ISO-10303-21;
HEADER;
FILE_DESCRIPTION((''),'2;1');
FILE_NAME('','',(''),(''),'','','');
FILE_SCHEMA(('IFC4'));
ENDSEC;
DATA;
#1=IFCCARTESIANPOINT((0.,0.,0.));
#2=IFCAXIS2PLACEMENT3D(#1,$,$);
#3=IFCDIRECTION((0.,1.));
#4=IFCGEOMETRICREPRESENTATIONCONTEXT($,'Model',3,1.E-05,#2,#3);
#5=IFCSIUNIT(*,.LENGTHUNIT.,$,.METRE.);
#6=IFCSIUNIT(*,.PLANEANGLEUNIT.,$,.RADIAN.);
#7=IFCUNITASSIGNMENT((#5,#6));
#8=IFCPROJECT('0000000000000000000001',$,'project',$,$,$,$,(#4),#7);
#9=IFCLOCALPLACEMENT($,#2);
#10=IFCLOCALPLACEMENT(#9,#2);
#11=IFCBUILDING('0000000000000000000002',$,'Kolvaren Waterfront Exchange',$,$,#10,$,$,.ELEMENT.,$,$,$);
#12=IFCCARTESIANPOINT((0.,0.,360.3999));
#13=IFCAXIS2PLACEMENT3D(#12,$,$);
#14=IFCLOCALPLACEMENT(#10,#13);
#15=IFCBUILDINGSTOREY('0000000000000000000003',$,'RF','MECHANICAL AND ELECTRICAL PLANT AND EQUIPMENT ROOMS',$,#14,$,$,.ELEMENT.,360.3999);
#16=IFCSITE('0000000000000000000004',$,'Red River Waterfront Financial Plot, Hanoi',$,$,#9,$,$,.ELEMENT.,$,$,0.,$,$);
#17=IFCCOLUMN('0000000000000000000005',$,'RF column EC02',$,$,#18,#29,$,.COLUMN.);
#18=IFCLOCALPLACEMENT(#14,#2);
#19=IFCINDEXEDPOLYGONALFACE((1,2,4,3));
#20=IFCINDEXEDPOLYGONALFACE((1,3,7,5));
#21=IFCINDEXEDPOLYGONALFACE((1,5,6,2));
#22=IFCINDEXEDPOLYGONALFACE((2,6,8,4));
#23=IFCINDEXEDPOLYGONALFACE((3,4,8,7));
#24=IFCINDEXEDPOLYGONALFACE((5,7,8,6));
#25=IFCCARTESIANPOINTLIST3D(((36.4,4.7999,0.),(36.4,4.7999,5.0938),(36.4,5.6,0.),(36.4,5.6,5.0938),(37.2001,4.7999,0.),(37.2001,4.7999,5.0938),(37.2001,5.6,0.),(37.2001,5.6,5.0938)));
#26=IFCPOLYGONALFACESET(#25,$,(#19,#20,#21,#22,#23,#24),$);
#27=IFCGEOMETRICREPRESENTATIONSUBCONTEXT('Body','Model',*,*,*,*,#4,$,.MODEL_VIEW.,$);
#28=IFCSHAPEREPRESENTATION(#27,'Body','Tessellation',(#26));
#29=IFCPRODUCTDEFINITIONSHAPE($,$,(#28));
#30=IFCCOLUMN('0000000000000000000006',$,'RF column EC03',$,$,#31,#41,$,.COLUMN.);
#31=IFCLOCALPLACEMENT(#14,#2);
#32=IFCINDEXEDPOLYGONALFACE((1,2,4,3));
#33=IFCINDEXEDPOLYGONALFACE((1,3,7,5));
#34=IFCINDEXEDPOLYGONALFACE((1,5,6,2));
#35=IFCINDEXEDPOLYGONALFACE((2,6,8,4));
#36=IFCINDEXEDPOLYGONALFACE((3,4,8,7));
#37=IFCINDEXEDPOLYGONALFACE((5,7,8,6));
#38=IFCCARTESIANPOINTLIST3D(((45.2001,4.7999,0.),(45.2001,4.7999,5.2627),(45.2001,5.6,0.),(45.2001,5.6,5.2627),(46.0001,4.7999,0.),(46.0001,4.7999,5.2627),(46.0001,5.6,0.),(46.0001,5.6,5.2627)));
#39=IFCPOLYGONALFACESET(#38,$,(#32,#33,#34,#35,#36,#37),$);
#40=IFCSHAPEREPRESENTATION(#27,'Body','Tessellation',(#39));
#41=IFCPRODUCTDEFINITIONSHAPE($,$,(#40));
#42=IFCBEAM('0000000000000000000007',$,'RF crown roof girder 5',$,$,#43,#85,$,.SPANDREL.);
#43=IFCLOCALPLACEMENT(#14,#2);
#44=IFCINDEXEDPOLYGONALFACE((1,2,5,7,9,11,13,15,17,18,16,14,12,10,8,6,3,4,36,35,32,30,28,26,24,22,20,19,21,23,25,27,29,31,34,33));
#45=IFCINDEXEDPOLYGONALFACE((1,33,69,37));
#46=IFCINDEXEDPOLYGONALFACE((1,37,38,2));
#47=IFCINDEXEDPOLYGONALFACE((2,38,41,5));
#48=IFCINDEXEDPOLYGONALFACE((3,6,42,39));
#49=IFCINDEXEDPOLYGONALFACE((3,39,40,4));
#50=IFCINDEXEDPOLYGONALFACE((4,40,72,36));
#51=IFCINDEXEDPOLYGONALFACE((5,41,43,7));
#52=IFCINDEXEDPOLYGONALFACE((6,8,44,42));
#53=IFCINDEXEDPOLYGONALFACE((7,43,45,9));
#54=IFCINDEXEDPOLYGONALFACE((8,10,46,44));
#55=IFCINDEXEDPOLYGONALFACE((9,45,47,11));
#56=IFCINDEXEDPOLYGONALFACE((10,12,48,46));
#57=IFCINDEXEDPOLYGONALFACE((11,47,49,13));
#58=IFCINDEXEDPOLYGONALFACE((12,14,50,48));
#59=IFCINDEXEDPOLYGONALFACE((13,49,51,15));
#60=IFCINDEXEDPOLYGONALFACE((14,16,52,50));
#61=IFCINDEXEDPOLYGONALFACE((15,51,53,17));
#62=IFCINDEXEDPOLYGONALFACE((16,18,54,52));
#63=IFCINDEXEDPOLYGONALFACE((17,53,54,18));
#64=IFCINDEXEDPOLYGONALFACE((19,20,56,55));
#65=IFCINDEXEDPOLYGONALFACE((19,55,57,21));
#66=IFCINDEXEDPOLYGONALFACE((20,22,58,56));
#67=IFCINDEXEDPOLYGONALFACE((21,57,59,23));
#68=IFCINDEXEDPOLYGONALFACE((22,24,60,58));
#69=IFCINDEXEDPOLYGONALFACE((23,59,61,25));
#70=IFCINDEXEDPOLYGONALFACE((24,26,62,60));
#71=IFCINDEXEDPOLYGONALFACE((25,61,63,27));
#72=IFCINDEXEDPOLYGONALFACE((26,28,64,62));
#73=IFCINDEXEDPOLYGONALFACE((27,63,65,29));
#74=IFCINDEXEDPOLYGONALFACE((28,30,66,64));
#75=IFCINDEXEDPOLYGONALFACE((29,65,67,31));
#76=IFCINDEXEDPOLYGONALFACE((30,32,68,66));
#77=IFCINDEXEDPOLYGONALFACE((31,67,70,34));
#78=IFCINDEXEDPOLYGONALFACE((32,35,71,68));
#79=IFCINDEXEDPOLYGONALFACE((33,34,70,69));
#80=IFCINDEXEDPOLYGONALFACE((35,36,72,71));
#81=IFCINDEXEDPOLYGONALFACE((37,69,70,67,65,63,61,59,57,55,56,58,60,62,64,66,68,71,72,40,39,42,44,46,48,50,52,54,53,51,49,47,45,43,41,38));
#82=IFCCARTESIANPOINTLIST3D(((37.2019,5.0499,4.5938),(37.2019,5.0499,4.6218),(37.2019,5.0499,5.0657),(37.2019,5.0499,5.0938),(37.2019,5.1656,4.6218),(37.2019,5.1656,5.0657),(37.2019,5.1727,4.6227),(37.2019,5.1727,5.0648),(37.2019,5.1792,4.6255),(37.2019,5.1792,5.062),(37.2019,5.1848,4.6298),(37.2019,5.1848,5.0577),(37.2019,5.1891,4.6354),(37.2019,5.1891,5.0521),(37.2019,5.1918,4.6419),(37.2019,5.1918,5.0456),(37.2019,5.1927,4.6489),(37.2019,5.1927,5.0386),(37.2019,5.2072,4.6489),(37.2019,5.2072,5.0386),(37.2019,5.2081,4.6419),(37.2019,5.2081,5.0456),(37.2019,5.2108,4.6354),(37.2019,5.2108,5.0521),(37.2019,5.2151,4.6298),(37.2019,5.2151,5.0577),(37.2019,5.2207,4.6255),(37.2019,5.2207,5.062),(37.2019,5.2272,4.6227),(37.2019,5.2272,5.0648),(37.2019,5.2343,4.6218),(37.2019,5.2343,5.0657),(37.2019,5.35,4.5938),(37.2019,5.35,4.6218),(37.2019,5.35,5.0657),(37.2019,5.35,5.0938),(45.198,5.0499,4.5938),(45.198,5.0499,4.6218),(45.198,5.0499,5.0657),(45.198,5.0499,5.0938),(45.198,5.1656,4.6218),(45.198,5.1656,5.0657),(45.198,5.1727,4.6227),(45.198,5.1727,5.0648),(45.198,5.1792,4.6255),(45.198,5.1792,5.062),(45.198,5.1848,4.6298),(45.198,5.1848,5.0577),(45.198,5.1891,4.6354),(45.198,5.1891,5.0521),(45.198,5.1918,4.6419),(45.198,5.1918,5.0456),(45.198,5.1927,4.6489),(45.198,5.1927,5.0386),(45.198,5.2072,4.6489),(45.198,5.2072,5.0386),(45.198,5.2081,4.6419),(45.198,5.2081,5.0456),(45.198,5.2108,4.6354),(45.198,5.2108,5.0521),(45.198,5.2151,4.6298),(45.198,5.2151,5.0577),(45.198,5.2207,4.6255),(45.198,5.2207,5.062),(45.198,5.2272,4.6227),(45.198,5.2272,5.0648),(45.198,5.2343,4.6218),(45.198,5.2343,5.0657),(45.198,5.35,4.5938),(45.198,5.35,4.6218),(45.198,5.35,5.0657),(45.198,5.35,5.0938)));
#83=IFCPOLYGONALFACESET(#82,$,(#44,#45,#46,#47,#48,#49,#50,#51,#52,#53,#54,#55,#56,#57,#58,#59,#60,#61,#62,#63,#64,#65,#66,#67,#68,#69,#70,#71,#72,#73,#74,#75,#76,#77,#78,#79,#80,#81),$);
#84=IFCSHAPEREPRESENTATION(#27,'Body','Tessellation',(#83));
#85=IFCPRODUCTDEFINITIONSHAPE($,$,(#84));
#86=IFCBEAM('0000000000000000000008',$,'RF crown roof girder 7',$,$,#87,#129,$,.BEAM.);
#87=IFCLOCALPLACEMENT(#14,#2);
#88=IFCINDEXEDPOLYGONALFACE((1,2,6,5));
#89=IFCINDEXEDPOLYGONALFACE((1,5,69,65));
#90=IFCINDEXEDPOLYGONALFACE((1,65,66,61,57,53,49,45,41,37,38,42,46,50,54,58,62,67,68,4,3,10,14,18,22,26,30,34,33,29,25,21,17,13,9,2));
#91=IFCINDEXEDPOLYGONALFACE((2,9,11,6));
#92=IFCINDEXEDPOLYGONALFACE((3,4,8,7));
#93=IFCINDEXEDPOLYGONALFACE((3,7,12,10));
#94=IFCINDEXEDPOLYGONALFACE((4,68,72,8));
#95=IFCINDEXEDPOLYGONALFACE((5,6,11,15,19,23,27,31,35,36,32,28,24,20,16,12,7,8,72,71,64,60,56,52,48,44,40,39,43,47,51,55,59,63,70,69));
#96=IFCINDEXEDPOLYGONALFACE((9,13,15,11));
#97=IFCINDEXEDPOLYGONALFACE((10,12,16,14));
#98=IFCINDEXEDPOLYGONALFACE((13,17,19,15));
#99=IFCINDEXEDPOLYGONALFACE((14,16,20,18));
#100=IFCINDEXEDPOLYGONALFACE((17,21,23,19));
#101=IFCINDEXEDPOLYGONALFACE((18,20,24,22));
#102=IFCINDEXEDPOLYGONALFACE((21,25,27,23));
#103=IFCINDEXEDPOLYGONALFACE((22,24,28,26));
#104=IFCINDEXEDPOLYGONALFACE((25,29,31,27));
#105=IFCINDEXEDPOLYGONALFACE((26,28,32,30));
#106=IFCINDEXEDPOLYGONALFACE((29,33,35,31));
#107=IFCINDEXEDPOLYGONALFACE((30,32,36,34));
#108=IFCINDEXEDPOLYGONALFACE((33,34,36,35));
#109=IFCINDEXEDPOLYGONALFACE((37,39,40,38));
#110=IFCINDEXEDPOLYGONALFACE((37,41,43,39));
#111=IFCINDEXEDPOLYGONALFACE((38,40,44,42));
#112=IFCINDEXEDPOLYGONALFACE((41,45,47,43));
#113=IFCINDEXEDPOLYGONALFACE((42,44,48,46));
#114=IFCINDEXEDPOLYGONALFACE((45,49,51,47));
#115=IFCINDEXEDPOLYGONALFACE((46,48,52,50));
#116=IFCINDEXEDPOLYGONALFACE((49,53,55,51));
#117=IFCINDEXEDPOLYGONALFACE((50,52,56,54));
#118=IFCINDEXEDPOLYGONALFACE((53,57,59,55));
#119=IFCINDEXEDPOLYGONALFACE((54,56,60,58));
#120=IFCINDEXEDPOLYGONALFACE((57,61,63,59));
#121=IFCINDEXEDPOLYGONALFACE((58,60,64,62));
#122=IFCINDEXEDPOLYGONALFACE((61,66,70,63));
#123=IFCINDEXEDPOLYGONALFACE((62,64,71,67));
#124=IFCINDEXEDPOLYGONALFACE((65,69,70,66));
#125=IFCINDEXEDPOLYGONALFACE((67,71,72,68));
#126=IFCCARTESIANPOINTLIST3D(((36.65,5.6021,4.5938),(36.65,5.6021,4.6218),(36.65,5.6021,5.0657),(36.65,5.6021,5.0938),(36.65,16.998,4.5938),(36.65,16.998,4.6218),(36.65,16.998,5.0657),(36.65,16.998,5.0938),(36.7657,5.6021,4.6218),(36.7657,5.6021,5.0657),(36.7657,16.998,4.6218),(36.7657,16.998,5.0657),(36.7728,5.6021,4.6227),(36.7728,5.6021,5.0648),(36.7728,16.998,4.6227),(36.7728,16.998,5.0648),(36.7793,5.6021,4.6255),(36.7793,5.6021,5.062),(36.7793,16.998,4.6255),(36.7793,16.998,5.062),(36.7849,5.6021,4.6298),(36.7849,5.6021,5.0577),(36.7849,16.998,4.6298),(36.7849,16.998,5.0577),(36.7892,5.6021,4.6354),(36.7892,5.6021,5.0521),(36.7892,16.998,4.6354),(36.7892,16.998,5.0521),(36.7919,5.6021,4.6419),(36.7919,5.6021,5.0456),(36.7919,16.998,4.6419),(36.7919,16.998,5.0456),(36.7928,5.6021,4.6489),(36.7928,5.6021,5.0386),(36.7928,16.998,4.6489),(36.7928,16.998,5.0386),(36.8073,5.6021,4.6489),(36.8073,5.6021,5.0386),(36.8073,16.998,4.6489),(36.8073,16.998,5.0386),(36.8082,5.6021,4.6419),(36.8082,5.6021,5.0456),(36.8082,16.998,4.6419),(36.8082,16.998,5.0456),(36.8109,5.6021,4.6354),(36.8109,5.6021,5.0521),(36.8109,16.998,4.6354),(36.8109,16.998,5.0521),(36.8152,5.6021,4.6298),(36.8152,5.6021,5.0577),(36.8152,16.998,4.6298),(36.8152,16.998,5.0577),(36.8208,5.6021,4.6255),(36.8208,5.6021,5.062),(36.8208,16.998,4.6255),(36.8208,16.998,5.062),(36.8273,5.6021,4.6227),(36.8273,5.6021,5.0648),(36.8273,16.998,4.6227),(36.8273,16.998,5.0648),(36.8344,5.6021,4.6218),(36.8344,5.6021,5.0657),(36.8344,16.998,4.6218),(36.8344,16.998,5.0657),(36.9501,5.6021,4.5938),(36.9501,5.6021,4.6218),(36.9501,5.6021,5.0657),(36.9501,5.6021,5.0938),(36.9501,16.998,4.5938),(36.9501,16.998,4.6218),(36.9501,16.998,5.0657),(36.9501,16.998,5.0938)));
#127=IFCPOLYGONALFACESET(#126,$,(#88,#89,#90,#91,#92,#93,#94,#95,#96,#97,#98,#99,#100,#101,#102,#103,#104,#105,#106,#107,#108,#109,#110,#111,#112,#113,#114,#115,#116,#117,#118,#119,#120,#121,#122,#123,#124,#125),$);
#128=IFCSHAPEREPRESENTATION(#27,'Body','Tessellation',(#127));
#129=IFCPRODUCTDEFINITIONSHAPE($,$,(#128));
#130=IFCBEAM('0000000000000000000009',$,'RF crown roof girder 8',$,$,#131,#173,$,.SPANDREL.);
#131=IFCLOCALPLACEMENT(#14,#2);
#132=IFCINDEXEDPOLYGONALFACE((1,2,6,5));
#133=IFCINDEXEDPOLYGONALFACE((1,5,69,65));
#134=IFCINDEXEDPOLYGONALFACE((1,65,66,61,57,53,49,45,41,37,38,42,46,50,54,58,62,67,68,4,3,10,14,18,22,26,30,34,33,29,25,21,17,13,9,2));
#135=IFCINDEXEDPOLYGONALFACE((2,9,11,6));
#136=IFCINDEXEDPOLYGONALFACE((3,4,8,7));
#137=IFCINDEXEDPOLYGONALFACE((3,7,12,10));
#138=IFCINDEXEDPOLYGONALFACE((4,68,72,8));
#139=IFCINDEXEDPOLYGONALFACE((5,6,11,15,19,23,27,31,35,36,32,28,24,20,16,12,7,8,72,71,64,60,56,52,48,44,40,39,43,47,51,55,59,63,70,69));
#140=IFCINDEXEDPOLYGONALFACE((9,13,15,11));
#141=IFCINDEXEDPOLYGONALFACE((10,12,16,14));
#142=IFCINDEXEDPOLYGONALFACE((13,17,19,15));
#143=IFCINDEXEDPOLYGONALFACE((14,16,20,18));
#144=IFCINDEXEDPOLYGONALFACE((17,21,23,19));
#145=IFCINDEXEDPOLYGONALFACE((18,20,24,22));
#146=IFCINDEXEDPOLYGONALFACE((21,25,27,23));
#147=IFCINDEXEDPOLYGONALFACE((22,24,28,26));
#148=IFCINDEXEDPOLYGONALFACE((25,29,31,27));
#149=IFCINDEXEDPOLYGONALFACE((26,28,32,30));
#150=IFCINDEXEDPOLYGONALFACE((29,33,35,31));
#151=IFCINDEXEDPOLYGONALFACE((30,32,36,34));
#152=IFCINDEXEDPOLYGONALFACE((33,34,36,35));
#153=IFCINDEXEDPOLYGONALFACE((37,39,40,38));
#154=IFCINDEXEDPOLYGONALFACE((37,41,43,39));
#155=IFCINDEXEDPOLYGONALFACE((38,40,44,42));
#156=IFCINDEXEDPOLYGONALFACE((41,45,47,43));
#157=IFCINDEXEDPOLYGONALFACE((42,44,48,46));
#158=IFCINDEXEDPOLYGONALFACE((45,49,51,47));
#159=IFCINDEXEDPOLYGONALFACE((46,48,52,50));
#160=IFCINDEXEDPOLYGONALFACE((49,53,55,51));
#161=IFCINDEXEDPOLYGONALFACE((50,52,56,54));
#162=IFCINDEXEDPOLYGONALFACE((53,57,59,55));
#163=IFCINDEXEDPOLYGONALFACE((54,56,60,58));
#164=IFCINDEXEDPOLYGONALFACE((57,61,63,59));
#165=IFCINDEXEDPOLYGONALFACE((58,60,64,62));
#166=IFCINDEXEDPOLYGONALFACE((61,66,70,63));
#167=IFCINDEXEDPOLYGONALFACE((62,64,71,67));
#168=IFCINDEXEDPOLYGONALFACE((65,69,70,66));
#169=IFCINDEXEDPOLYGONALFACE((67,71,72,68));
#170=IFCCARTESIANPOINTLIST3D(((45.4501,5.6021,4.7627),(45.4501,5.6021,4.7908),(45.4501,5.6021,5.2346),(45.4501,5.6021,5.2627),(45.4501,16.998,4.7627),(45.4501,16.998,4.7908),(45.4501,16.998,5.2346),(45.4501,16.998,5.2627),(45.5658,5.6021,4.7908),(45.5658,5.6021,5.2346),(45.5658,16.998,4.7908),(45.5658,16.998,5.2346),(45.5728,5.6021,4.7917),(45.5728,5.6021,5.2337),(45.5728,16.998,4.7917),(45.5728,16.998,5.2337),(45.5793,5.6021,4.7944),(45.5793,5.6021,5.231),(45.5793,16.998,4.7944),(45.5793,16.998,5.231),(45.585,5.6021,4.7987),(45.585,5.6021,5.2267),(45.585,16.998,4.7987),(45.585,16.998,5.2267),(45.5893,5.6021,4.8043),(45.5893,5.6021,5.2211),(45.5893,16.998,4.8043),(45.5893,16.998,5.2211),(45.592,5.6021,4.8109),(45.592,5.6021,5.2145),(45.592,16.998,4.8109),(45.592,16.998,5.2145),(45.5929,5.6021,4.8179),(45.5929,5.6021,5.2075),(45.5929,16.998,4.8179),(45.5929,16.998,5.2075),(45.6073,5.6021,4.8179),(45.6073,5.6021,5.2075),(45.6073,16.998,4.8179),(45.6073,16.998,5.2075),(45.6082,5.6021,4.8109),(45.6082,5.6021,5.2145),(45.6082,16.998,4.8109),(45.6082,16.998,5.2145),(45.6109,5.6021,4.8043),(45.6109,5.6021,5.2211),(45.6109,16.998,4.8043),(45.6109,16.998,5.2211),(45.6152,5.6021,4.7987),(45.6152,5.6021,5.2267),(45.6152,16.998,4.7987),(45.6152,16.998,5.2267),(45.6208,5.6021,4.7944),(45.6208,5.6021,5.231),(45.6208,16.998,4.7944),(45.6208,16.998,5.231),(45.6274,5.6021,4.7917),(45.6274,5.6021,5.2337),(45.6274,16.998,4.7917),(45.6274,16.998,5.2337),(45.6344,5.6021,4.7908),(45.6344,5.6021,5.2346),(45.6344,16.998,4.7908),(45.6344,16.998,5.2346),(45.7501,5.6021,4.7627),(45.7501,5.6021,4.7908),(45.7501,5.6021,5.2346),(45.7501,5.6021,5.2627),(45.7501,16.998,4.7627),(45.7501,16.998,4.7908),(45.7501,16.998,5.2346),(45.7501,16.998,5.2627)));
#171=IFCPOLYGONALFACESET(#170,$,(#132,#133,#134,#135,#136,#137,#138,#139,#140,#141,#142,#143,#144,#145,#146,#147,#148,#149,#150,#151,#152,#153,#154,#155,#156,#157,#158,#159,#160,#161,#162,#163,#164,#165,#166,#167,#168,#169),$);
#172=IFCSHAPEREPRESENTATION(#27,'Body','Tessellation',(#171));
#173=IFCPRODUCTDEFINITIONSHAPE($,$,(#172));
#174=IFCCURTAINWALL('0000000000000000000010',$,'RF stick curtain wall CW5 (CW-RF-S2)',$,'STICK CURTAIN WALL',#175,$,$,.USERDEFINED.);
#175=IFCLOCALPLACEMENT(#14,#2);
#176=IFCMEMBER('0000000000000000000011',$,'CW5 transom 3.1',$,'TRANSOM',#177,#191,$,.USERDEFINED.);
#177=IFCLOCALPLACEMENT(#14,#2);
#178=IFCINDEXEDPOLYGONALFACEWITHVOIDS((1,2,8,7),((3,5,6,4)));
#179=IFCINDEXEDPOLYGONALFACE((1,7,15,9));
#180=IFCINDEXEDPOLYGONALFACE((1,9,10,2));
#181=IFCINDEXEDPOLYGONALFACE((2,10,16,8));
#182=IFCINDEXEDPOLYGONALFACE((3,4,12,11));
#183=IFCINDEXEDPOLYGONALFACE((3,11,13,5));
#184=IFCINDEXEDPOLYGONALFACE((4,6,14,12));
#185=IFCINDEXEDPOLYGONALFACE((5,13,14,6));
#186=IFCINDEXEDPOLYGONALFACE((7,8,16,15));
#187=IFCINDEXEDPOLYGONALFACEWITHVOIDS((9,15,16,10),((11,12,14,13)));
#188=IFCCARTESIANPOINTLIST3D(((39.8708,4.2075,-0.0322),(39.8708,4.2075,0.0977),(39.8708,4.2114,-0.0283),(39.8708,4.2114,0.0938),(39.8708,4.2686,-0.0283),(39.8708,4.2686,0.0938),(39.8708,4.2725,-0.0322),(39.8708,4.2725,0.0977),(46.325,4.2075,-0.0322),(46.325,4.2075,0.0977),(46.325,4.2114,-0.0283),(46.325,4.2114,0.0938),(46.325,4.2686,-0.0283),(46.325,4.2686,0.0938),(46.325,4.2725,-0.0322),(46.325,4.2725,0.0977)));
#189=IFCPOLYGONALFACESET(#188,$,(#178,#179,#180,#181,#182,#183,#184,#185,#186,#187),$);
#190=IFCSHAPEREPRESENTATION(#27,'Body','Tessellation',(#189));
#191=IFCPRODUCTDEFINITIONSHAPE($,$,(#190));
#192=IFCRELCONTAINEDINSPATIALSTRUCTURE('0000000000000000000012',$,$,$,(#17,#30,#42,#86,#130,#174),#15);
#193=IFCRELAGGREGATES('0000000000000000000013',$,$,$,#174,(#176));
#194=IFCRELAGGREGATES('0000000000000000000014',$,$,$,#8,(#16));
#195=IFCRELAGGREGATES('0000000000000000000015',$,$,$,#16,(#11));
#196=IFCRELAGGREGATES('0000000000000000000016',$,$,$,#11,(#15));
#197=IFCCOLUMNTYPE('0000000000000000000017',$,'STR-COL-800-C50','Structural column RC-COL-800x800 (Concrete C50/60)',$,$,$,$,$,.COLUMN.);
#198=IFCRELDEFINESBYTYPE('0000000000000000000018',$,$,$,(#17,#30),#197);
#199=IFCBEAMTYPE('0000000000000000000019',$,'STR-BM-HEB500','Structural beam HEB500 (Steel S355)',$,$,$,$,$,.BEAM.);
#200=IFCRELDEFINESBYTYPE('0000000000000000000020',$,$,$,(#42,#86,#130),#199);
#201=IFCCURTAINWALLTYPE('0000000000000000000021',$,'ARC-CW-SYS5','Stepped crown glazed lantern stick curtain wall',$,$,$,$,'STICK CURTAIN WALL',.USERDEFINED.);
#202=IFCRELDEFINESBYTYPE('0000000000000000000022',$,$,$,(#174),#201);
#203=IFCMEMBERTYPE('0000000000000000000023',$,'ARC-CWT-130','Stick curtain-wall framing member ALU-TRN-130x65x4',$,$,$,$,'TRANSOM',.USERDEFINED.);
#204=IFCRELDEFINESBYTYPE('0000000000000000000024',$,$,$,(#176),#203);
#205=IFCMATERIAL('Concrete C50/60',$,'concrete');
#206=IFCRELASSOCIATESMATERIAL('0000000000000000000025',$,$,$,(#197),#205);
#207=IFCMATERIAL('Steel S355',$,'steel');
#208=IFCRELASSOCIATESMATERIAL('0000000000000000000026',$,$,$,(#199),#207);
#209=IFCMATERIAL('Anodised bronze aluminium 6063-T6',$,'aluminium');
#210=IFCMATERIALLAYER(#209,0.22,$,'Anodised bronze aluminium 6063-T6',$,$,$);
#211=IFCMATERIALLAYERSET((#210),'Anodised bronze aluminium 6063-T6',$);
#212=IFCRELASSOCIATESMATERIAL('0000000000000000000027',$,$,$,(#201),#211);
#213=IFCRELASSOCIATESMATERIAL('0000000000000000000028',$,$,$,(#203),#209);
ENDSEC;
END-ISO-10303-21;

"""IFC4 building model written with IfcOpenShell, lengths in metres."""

from ifc_helpers import new_model, si_unit, direction, frame, origin, origin_with_axes, origin_2d, place, context, subcontext, project, spatial, rectangle, hollow_rectangle, i_section, extrude, source, transform, mapped, material, layer, layer_set, material_profile, profile_set, type_object, element, aggregate, save


model = new_model("IFC4")

# Units and contexts
model_context = context("Model", 3, precision=1e-05, world=origin(), true_north=direction((0.0, 1.0)))
body_context = subcontext(model_context, "Body", "Model", "MODEL_VIEW")
ifc_project = project(units=[si_unit("LENGTHUNIT", "METRE"), si_unit("PLANEANGLEUNIT", "RADIAN")], contexts=[model_context])

# Site, building, storey
site_placement = place(None, origin())
site = spatial("IfcSite", under=ifc_project, at=site_placement, Name="Red River Waterfront Financial Plot, Hanoi", CompositionType="ELEMENT", RefElevation=0.0)
building_placement = place(site_placement, origin())
building = spatial("IfcBuilding", under=site, at=building_placement, Name="Kolvaren Waterfront Exchange", CompositionType="ELEMENT")
storey_placement = place(building_placement, frame((0.0, 0.0, 360.3999)))
storey = spatial("IfcBuildingStorey", under=building, at=storey_placement, Name="RF", Description="MECHANICAL AND ELECTRICAL PLANT AND EQUIPMENT ROOMS", CompositionType="ELEMENT", Elevation=360.3999)

# Columns
ifc_material_1 = material(Name="Concrete C50/60", Category="concrete")
ifc_material_profile_1 = material_profile(ifc_material_1, rectangle(XDim=0.8, YDim=0.8, at=origin_2d()), Name="RC-COL-800x800")
ifc_profile_set_1 = profile_set([ifc_material_profile_1], Name="Concrete C50/60")
column_type = type_object("IfcColumnType", Name="STR-COL-800-C50", Description="Structural column RC-COL-800x800 (Concrete C50/60)", PredefinedType="COLUMN", material=ifc_profile_set_1)
column_1_placement = place(storey_placement, frame((36.8, 5.2, 0.0), z_axis=(0.0, 0.0, 1.0), x_axis=(1.0, 0.0, 0.0)))
element("IfcColumn", 1, at=column_1_placement, inside=storey, type_object=column_type, Name="RF column EC02", PredefinedType="COLUMN", context=body_context, shape_type="SweptSolid", body=[
    extrude(rectangle(XDim=0.8, YDim=0.8, at=origin_2d()), origin(), (0.0, 0.0, 1.0), 5.0938),
])
column_2_placement = place(storey_placement, frame((45.6001, 5.2, 0.0), z_axis=(0.0, 0.0, 1.0), x_axis=(1.0, 0.0, 0.0)))
element("IfcColumn", 2, at=column_2_placement, inside=storey, type_object=column_type, Name="RF column EC03", PredefinedType="COLUMN", context=body_context, shape_type="SweptSolid", body=[
    extrude(rectangle(XDim=0.8, YDim=0.8, at=origin_2d()), origin(), (0.0, 0.0, 1.0), 5.2627),
])

# Beams
ifc_material_2 = material(Name="Steel S355", Category="steel")
ifc_material_profile_2 = material_profile(ifc_material_2, i_section(OverallWidth=0.3, OverallDepth=0.5, WebThickness=0.0144, FlangeThickness=0.0281, FilletRadius=0.0271, at=origin_2d()), Name="HEB500")
ifc_profile_set_2 = profile_set([ifc_material_profile_2], Name="Steel S355")
beam_type = type_object("IfcBeamType", Name="STR-BM-HEB500", Description="Structural beam HEB500 (Steel S355)", PredefinedType="BEAM", material=ifc_profile_set_2)
beam_1_placement = place(storey_placement, frame((37.2019, 5.2, 4.8438), z_axis=(1.0, 0.0, 0.0), x_axis=(0.0, 1.0, 0.0)))
element("IfcBeam", 3, at=beam_1_placement, inside=storey, type_object=beam_type, Name="RF crown roof girder 5", PredefinedType="SPANDREL", context=body_context, shape_type="SweptSolid", body=[
    extrude(i_section(OverallWidth=0.3, OverallDepth=0.5, WebThickness=0.0144, FlangeThickness=0.0281, FilletRadius=0.0271, at=origin_2d()), origin(), (0.0, 0.0, 1.0), 7.9961),
])
beam_2_placement = place(storey_placement, frame((36.8, 5.6021, 4.8438), z_axis=(0.0, 1.0, 0.0), x_axis=(-1.0, 0.0, 0.0)))
element("IfcBeam", 4, at=beam_2_placement, inside=storey, type_object=beam_type, Name="RF crown roof girder 7", PredefinedType="BEAM", context=body_context, shape_type="SweptSolid", body=[
    extrude(i_section(OverallWidth=0.3, OverallDepth=0.5, WebThickness=0.0144, FlangeThickness=0.0281, FilletRadius=0.0271, at=origin_2d()), origin(), (0.0, 0.0, 1.0), 11.396),
])
beam_3_placement = place(storey_placement, frame((45.6001, 5.6021, 5.0127), z_axis=(0.0, 1.0, 0.0), x_axis=(-1.0, 0.0, 0.0)))
element("IfcBeam", 5, at=beam_3_placement, inside=storey, type_object=beam_type, Name="RF crown roof girder 8", PredefinedType="SPANDREL", context=body_context, shape_type="SweptSolid", body=[
    extrude(i_section(OverallWidth=0.3, OverallDepth=0.5, WebThickness=0.0144, FlangeThickness=0.0281, FilletRadius=0.0271, at=origin_2d()), origin(), (0.0, 0.0, 1.0), 11.396),
])

# Curtain wall, member
ifc_material_3 = material(Name="Anodised bronze aluminium 6063-T6", Category="aluminium")
ifc_layer_1 = layer(ifc_material_3, 0.22, Name="Anodised bronze aluminium 6063-T6")
ifc_layer_set_1 = layer_set([ifc_layer_1], Name="Anodised bronze aluminium 6063-T6")
curtain_wall_type = type_object("IfcCurtainWallType", Name="ARC-CW-SYS5", Description="Stepped crown glazed lantern stick curtain wall", ElementType="STICK CURTAIN WALL", PredefinedType="USERDEFINED", material=ifc_layer_set_1)
curtain_wall_1_placement = place(storey_placement, origin())
curtain_wall_1 = element("IfcCurtainWall", 6, at=curtain_wall_1_placement, inside=storey, type_object=curtain_wall_type, Name="RF stick curtain wall CW5 (CW-RF-S2)", ObjectType="STICK CURTAIN WALL", PredefinedType="USERDEFINED")
ifc_material_profile_3 = material_profile(ifc_material_3, hollow_rectangle(XDim=0.0649, YDim=0.1299, WallThickness=0.0039, at=origin_2d()), Name="ALU-TRN-130x65x4")
ifc_profile_set_3 = profile_set([ifc_material_profile_3], Name="Anodised bronze aluminium 6063-T6")
member_type_1 = type_object("IfcMemberType", Name="ARC-CWT-130", Description="Stick curtain-wall framing member ALU-TRN-130x65x4", ElementType="TRANSOM", PredefinedType="USERDEFINED", material=ifc_profile_set_3)
shared_shape_1 = source(origin_with_axes(), body_context, "Body", "SweptSolid", [
    extrude(hollow_rectangle(XDim=0.0649, YDim=0.1299, WallThickness=0.0039, at=origin_2d()), origin(), (0.0, 0.0, 1.0), 6.4541),
])
member_1_placement = place(storey_placement, frame((39.8708, 4.24, 0.0327), z_axis=(1.0, 0.0, 0.0), x_axis=(0.0, 1.0, 0.0)))
member_1 = element("IfcMember", 7, at=member_1_placement, type_object=member_type_1, Name="CW5 transom 3.1", ObjectType="TRANSOM", PredefinedType="USERDEFINED", context=body_context, shape_type="MappedRepresentation", body=[
    mapped(shared_shape_1, transform((0.0, 0.0, 0.0), x_axis=(1.0, 0.0, 0.0), y_axis=(0.0, 1.0, 0.0), z_axis=(0.0, 0.0, 1.0), scale=1.0)),
])

aggregate(curtain_wall_1, [member_1])

save(model, "model.ifc")
